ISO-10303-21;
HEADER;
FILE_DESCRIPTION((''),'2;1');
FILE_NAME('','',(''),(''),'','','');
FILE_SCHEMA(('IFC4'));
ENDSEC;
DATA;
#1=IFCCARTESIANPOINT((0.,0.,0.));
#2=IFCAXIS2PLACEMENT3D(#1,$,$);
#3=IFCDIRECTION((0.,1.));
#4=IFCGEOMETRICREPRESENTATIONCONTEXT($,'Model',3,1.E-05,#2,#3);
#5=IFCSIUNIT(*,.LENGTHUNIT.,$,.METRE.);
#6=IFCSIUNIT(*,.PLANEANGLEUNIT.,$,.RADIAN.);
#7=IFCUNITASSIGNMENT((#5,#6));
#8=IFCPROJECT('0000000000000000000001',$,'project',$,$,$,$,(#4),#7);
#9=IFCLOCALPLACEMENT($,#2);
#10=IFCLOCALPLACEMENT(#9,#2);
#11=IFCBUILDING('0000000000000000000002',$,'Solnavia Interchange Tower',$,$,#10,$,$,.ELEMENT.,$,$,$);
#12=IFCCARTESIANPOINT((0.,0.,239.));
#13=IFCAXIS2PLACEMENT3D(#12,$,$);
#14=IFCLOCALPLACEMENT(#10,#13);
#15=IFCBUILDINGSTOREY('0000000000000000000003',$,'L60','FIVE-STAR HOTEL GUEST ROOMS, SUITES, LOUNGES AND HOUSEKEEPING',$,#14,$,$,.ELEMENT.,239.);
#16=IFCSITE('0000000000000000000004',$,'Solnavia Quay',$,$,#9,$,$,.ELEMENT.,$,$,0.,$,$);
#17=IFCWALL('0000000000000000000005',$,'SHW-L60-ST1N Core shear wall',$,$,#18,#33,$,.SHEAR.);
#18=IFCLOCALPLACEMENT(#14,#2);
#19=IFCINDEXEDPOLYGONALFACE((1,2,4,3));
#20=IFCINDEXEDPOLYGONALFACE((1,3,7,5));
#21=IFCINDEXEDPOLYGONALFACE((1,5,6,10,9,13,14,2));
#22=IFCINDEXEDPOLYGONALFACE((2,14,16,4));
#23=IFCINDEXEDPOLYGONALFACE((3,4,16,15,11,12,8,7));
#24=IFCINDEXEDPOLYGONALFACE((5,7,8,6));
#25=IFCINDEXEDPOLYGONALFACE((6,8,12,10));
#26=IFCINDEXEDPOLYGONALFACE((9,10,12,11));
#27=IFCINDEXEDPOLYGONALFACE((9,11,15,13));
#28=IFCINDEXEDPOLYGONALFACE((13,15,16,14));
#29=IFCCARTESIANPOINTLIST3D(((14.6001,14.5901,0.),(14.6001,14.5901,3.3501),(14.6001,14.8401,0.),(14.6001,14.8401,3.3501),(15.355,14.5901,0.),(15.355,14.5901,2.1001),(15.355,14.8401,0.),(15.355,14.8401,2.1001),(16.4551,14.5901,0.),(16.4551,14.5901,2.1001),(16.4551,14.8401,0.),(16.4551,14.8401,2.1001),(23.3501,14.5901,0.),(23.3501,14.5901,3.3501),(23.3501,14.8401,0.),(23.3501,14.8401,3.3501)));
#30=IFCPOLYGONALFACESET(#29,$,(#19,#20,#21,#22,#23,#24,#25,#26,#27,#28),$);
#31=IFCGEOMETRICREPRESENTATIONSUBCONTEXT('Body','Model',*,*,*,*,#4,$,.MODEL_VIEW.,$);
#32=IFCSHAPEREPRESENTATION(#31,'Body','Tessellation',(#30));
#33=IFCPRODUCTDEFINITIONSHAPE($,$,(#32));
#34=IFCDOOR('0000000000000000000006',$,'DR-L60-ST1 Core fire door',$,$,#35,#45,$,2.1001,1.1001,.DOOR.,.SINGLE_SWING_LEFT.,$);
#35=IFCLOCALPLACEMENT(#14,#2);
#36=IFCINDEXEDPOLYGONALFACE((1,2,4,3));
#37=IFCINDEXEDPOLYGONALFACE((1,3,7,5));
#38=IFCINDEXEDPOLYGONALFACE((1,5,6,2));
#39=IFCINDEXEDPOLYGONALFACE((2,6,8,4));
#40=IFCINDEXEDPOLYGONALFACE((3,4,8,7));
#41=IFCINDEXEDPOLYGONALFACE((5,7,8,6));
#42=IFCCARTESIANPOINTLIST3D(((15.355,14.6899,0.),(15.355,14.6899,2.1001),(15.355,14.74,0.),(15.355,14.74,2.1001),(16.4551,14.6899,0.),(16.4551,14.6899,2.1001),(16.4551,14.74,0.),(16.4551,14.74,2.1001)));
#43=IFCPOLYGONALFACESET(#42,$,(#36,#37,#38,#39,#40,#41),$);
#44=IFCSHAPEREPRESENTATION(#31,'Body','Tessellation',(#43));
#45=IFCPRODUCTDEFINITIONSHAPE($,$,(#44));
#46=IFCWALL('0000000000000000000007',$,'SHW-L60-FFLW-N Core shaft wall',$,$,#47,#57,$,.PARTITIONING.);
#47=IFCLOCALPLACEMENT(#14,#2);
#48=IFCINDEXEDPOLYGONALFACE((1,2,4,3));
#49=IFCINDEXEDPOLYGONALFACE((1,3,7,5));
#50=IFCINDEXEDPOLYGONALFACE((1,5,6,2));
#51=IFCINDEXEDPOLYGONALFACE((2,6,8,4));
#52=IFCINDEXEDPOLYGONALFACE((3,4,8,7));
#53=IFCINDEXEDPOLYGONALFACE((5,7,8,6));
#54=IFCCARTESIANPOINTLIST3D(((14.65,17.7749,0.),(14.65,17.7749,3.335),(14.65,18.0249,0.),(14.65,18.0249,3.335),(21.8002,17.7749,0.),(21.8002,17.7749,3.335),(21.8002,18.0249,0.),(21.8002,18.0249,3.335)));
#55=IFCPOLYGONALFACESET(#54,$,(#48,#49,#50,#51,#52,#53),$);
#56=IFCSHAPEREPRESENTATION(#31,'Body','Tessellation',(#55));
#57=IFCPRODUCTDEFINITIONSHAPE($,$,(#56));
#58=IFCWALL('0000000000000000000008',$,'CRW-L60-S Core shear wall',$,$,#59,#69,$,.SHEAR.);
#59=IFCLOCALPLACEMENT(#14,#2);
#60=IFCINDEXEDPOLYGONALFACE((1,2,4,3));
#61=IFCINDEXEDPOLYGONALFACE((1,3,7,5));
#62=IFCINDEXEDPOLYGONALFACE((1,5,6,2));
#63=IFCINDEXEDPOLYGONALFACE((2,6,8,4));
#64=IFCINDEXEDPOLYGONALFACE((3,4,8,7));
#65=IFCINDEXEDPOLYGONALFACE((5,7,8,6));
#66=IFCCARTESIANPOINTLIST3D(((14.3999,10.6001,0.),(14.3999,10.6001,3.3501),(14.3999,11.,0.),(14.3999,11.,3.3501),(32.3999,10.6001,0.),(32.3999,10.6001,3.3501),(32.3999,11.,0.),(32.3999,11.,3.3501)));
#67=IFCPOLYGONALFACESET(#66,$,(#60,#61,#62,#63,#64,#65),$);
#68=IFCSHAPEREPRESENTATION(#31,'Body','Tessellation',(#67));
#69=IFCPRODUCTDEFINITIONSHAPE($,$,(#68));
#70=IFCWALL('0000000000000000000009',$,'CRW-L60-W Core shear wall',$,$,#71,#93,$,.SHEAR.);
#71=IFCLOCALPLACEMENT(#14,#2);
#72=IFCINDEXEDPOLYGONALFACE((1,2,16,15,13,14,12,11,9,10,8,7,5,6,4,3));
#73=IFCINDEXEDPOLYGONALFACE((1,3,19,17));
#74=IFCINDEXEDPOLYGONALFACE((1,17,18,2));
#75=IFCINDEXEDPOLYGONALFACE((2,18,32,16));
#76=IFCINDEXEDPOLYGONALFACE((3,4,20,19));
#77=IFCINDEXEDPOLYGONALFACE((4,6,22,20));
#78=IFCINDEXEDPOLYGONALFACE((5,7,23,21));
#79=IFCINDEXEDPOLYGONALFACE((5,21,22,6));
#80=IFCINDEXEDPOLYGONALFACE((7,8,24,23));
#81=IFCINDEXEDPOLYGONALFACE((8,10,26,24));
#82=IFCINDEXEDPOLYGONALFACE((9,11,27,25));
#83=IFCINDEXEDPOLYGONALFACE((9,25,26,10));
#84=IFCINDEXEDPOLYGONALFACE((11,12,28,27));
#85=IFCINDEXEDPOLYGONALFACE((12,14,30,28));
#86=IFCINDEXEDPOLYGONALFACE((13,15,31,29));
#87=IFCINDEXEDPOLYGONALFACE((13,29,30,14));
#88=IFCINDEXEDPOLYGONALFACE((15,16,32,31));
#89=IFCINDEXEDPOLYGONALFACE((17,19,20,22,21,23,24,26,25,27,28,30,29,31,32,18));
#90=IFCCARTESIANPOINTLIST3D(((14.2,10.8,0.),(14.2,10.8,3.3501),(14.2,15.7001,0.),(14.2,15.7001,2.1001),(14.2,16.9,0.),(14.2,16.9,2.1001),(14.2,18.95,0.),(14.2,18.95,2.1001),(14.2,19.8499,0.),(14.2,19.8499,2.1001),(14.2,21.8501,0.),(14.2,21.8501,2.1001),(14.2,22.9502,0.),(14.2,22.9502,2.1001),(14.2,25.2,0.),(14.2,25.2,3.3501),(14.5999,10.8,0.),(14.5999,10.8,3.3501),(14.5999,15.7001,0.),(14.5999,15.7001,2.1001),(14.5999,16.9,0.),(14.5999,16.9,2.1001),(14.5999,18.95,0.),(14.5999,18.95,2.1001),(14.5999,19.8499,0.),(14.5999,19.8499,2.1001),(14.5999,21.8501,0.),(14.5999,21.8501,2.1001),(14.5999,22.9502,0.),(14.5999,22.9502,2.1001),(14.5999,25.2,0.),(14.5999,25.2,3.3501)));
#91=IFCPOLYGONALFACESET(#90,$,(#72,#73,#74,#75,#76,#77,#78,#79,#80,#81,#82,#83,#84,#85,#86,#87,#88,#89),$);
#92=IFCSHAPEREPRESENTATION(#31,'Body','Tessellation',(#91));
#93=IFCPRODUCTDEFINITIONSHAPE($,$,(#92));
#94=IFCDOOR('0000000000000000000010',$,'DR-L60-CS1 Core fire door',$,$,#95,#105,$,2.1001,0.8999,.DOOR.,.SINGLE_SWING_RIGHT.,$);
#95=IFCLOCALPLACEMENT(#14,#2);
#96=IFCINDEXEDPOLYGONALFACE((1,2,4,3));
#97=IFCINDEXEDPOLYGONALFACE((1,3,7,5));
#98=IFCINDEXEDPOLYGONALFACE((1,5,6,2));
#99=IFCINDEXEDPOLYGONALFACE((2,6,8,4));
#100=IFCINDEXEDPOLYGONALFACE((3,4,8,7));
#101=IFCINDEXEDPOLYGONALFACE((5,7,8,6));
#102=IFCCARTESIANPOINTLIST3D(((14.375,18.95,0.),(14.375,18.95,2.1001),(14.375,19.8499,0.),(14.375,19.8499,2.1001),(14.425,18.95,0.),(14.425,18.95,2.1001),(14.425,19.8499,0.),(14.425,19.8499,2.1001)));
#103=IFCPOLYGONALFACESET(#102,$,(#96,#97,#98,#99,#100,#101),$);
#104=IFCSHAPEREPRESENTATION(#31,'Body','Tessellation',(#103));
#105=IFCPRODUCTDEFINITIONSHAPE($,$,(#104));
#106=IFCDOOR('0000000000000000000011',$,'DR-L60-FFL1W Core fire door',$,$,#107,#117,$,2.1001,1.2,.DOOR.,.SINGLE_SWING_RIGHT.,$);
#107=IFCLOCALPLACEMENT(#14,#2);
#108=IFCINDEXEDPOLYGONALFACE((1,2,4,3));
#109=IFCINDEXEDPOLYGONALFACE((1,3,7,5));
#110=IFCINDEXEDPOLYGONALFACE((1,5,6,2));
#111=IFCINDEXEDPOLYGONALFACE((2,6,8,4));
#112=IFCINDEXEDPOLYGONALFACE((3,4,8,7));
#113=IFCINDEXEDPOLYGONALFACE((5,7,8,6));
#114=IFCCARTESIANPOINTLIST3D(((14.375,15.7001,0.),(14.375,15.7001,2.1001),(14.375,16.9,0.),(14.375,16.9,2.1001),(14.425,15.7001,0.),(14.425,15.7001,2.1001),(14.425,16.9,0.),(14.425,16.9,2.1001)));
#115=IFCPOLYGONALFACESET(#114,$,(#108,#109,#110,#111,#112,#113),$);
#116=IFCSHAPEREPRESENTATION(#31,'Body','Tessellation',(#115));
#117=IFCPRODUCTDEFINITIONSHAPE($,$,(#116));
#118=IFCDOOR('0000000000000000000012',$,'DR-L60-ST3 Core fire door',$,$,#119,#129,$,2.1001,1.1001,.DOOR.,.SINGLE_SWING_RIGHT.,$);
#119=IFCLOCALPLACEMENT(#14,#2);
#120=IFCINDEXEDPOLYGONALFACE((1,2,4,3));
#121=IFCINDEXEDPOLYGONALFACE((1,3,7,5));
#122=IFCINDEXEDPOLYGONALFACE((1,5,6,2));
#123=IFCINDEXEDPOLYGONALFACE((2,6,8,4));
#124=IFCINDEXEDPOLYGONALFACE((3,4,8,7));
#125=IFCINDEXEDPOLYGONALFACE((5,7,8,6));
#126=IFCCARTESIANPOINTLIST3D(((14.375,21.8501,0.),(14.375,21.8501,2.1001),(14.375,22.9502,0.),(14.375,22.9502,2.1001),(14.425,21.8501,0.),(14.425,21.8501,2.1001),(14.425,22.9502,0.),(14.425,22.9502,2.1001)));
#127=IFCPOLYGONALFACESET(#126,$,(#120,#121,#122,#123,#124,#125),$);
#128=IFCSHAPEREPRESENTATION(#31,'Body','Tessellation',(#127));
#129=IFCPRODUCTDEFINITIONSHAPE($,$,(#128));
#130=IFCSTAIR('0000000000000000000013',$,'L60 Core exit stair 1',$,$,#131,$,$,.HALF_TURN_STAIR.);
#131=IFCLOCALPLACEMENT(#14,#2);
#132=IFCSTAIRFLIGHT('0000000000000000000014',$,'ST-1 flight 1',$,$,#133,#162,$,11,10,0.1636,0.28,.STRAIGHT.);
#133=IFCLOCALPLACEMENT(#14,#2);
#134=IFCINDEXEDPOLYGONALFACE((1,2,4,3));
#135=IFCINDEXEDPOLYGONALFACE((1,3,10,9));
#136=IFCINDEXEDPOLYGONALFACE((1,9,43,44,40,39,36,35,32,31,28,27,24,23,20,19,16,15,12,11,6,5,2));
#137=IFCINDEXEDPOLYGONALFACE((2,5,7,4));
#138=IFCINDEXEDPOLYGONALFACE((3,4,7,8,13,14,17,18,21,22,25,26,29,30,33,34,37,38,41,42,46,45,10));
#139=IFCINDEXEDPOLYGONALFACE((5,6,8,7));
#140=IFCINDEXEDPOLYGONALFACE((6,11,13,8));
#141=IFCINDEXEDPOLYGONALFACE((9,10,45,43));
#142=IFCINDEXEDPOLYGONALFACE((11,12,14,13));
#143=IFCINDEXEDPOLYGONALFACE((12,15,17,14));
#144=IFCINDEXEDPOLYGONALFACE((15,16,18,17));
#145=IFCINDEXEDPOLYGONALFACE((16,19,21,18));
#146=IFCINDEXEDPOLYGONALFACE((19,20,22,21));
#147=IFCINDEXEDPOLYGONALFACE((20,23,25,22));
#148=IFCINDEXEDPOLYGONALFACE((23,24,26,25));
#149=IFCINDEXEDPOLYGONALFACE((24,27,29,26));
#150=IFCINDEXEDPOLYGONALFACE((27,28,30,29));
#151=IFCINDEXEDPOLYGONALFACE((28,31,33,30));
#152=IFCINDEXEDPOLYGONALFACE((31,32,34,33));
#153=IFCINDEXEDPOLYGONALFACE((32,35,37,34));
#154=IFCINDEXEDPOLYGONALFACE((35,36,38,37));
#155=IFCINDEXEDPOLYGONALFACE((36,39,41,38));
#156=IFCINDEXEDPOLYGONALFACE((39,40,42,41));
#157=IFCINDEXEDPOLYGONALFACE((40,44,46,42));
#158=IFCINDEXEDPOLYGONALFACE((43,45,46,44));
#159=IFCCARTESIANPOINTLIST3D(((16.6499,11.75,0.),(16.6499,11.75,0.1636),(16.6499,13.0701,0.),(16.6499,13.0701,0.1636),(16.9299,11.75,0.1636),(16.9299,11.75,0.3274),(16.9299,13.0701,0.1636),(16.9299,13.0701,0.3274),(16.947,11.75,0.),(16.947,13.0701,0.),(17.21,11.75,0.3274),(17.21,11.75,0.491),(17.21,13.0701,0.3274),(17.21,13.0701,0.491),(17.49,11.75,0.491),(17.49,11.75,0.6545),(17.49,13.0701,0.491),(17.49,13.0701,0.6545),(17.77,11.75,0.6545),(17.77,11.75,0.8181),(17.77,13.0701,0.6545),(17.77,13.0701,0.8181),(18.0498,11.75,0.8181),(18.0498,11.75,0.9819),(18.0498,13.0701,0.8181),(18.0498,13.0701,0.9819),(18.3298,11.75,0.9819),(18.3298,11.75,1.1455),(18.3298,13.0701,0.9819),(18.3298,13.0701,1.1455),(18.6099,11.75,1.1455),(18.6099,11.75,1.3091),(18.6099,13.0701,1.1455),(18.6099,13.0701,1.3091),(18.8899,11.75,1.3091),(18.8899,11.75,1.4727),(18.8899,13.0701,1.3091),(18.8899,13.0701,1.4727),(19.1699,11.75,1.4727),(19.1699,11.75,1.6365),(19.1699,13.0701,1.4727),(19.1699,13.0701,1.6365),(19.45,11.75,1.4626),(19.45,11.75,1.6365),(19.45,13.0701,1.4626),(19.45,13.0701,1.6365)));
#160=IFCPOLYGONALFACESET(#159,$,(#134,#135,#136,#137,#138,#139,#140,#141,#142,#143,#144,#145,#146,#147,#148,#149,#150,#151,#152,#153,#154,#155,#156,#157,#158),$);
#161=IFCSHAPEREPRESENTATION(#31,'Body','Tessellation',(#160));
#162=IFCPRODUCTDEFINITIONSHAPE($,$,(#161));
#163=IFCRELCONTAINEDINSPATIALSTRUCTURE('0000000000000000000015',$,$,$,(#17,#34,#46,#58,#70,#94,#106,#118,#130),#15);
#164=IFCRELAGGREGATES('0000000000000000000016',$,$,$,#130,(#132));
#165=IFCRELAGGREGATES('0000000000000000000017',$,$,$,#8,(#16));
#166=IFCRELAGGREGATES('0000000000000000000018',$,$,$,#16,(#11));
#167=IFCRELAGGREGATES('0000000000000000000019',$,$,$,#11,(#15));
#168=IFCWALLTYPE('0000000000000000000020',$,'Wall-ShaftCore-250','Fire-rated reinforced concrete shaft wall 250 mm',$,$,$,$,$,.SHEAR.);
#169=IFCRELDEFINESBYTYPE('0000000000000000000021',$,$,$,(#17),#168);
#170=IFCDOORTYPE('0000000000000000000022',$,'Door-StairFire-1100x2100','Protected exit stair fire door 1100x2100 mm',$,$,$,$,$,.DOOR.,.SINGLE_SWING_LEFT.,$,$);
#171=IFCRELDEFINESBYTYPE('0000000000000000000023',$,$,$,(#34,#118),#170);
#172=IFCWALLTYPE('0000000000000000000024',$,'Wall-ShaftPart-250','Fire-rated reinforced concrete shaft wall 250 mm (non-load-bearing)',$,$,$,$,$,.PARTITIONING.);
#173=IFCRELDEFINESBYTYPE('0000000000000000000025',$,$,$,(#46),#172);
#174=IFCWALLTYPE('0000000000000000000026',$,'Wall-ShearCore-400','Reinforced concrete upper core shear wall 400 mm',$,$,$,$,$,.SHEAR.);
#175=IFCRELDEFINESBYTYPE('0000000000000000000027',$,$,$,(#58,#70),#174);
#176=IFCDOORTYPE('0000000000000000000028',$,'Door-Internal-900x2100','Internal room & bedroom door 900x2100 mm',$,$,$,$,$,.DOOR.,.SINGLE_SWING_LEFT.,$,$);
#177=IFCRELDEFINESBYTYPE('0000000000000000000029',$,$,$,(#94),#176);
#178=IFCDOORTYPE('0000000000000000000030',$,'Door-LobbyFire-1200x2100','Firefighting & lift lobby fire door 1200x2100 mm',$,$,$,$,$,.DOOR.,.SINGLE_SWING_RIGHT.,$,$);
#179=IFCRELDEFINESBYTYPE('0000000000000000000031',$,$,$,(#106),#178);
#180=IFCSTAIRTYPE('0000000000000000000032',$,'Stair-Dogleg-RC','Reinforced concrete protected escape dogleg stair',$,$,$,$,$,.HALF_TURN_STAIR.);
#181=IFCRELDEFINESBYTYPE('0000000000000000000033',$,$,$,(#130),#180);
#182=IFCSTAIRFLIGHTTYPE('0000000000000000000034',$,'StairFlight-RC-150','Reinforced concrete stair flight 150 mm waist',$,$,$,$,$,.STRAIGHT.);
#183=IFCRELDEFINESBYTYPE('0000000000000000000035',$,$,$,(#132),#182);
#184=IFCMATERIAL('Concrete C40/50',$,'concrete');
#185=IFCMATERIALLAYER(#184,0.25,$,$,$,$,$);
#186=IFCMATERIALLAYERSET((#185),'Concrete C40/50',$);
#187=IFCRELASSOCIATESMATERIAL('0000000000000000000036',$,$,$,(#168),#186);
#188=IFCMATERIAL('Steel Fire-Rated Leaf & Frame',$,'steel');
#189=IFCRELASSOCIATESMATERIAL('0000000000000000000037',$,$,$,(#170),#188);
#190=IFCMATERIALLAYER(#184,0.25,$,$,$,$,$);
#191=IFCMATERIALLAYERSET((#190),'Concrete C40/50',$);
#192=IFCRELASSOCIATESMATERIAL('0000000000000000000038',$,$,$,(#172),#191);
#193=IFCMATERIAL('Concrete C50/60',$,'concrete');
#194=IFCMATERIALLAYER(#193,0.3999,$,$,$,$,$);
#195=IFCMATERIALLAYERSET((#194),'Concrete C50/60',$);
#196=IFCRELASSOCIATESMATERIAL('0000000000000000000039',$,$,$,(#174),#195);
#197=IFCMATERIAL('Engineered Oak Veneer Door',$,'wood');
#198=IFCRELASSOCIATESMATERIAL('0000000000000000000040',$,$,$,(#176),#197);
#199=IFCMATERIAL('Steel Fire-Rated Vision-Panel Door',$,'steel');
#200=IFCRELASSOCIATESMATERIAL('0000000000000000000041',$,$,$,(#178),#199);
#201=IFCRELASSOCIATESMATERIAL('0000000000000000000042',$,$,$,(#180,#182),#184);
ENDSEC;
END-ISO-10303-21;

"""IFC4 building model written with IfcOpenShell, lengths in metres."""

from ifc_helpers import new_model, si_unit, direction, frame, frame_2d, origin, place, context, subcontext, project, spatial, polyline, rectangle, outline, extrude, material, layer, layer_set, type_object, element, fill, aggregate, save


model = new_model("IFC4")

# Units and contexts
model_context = context("Model", 3, precision=1e-05, world=origin(), true_north=direction((0.0, 1.0)))
body_context = subcontext(model_context, "Body", "Model", "MODEL_VIEW")
ifc_project = project(units=[si_unit("LENGTHUNIT", "METRE"), si_unit("PLANEANGLEUNIT", "RADIAN")], contexts=[model_context])

# Site, building, storey
site_placement = place(None, origin())
site = spatial("IfcSite", under=ifc_project, at=site_placement, Name="Solnavia Quay", CompositionType="ELEMENT", RefElevation=0.0)
building_placement = place(site_placement, origin())
building = spatial("IfcBuilding", under=site, at=building_placement, Name="Solnavia Interchange Tower", CompositionType="ELEMENT")
storey_placement = place(building_placement, frame((0.0, 0.0, 239.0)))
storey = spatial("IfcBuildingStorey", under=building, at=storey_placement, Name="L60", Description="FIVE-STAR HOTEL GUEST ROOMS, SUITES, LOUNGES AND HOUSEKEEPING", CompositionType="ELEMENT", Elevation=239.0)

# Shared definitions
ifc_material_1 = material(Name="Concrete C50/60", Category="concrete")

# Shared definitions
ifc_material_2 = material(Name="Concrete C40/50", Category="concrete")
ifc_layer_1 = layer(ifc_material_2, 0.25)
ifc_layer_set_1 = layer_set([ifc_layer_1], Name="Concrete C40/50")
wall_type_1 = type_object("IfcWallType", Name="Wall-ShaftCore-250", Description="Fire-rated reinforced concrete shaft wall 250 mm", PredefinedType="SHEAR", material=ifc_layer_set_1)

# Wall, opening, door
wall_1_placement = place(storey_placement, frame((14.6001, 14.7151, 0.0), z_axis=(0.0, 0.0, 1.0), x_axis=(1.0, 0.0, 0.0)))
wall_1 = element("IfcWall", 1, at=wall_1_placement, inside=storey, type_object=wall_type_1, Name="SHW-L60-ST1N Core shear wall", PredefinedType="SHEAR", context=body_context, shape_type="SweptSolid", body=[
    extrude(rectangle(XDim=8.75, YDim=0.25, at=frame_2d((4.375, 0.0))), origin(), (0.0, 0.0, 1.0), 3.3501),
])
opening_1_placement = place(wall_1_placement, frame((0.7549, 0.0, 0.0)))
opening_1 = element("IfcOpeningElement", 2, at=opening_1_placement, cuts=wall_1, PredefinedType="OPENING", context=body_context, shape_type="SweptSolid", body=[
    extrude(rectangle(XDim=1.1001, YDim=2.1001, at=frame_2d((0.55, 1.05))), frame((0.0, 0.135, 0.0), z_axis=(0.0, -1.0, 0.0), x_axis=(1.0, 0.0, 0.0)), (0.0, 0.0, 1.0), 0.27),
])
ifc_material_3 = material(Name="Steel Fire-Rated Leaf & Frame", Category="steel")
door_type_1 = type_object("IfcDoorType", Name="Door-StairFire-1100x2100", Description="Protected exit stair fire door 1100x2100 mm", OperationType="SINGLE_SWING_LEFT", PredefinedType="DOOR", material=ifc_material_3)
door_1_placement = place(opening_1_placement, origin())
door_1 = element("IfcDoor", 3, at=door_1_placement, inside=storey, type_object=door_type_1, Name="DR-L60-ST1 Core fire door", OperationType="SINGLE_SWING_LEFT", OverallHeight=2.1001, OverallWidth=1.1001, PredefinedType="DOOR", context=body_context, shape_type="SweptSolid", body=[
    extrude(rectangle(XDim=1.1001, YDim=2.1001, at=frame_2d((0.55, 1.05))), frame((0.0, 0.0249, 0.0), z_axis=(0.0, -1.0, 0.0), x_axis=(1.0, 0.0, 0.0)), (0.0, 0.0, 1.0), 0.05),
])
fill(opening_1, door_1)

# Walls
ifc_layer_2 = layer(ifc_material_2, 0.25)
ifc_layer_set_2 = layer_set([ifc_layer_2], Name="Concrete C40/50")
wall_type_2 = type_object("IfcWallType", Name="Wall-ShaftPart-250", Description="Fire-rated reinforced concrete shaft wall 250 mm (non-load-bearing)", PredefinedType="PARTITIONING", material=ifc_layer_set_2)
wall_2_placement = place(storey_placement, frame((14.6499, 17.8999, 0.0), z_axis=(0.0, 0.0, 1.0), x_axis=(1.0, 0.0, 0.0)))
element("IfcWall", 4, at=wall_2_placement, inside=storey, type_object=wall_type_2, Name="SHW-L60-FFLW-N Core shaft wall", PredefinedType="PARTITIONING", context=body_context, shape_type="SweptSolid", body=[
    extrude(rectangle(XDim=7.1501, YDim=0.25, at=frame_2d((3.5752, 0.0))), origin(), (0.0, 0.0, 1.0), 3.335),
])
ifc_layer_3 = layer(ifc_material_1, 0.3999)
ifc_layer_set_3 = layer_set([ifc_layer_3], Name="Concrete C50/60")
wall_type_3 = type_object("IfcWallType", Name="Wall-ShearCore-400", Description="Reinforced concrete upper core shear wall 400 mm", PredefinedType="SHEAR", material=ifc_layer_set_3)
wall_3_placement = place(storey_placement, frame((14.3999, 10.8, 0.0), z_axis=(0.0, 0.0, 1.0), x_axis=(1.0, 0.0, 0.0)))
element("IfcWall", 5, at=wall_3_placement, inside=storey, type_object=wall_type_3, Name="CRW-L60-S Core shear wall", PredefinedType="SHEAR", context=body_context, shape_type="SweptSolid", body=[
    extrude(rectangle(XDim=18.0, YDim=0.3999, at=frame_2d((9.0, 0.0))), origin(), (0.0, 0.0, 1.0), 3.3501),
])

# Wall, openings, doors
wall_4_placement = place(storey_placement, frame((14.3999, 10.8, 0.0), z_axis=(0.0, 0.0, 1.0), x_axis=(0.0, 1.0, 0.0)))
wall_4 = element("IfcWall", 6, at=wall_4_placement, inside=storey, type_object=wall_type_3, Name="CRW-L60-W Core shear wall", PredefinedType="SHEAR", context=body_context, shape_type="SweptSolid", body=[
    extrude(rectangle(XDim=14.3999, YDim=0.3999, at=frame_2d((7.2, 0.0))), origin(), (0.0, 0.0, 1.0), 3.3501),
])
opening_2_placement = place(wall_4_placement, frame((11.05, 0.0, 0.0)))
opening_2 = element("IfcOpeningElement", 7, at=opening_2_placement, cuts=wall_4, PredefinedType="OPENING", context=body_context, shape_type="SweptSolid", body=[
    extrude(rectangle(XDim=1.1001, YDim=2.1001, at=frame_2d((0.55, 1.05))), frame((0.0, 0.21, 0.0), z_axis=(0.0, -1.0, 0.0), x_axis=(1.0, 0.0, 0.0)), (0.0, 0.0, 1.0), 0.4199),
])
opening_3_placement = place(wall_4_placement, frame((4.8999, 0.0, 0.0)))
opening_3 = element("IfcOpeningElement", 8, at=opening_3_placement, cuts=wall_4, PredefinedType="OPENING", context=body_context, shape_type="SweptSolid", body=[
    extrude(rectangle(XDim=1.2, YDim=2.1001, at=frame_2d((0.6001, 1.05))), frame((0.0, 0.21, 0.0), z_axis=(0.0, -1.0, 0.0), x_axis=(1.0, 0.0, 0.0)), (0.0, 0.0, 1.0), 0.4199),
])
opening_4_placement = place(wall_4_placement, frame((8.1499, 0.0, 0.0)))
opening_4 = element("IfcOpeningElement", 9, at=opening_4_placement, cuts=wall_4, PredefinedType="OPENING", context=body_context, shape_type="SweptSolid", body=[
    extrude(rectangle(XDim=0.8999, YDim=2.1001, at=frame_2d((0.45, 1.05))), frame((0.0, 0.21, 0.0), z_axis=(0.0, -1.0, 0.0), x_axis=(1.0, 0.0, 0.0)), (0.0, 0.0, 1.0), 0.4199),
])
ifc_material_4 = material(Name="Engineered Oak Veneer Door", Category="wood")
door_type_2 = type_object("IfcDoorType", Name="Door-Internal-900x2100", Description="Internal room & bedroom door 900x2100 mm", OperationType="SINGLE_SWING_LEFT", PredefinedType="DOOR", material=ifc_material_4)
door_2_placement = place(opening_4_placement, origin())
door_2 = element("IfcDoor", 10, at=door_2_placement, inside=storey, type_object=door_type_2, Name="DR-L60-CS1 Core fire door", OperationType="SINGLE_SWING_RIGHT", OverallHeight=2.1001, OverallWidth=0.8999, PredefinedType="DOOR", context=body_context, shape_type="SweptSolid", body=[
    extrude(rectangle(XDim=0.8999, YDim=2.1001, at=frame_2d((0.45, 1.05))), frame((0.0, 0.0249, 0.0), z_axis=(0.0, -1.0, 0.0), x_axis=(1.0, 0.0, 0.0)), (0.0, 0.0, 1.0), 0.05),
])
fill(opening_4, door_2)
ifc_material_5 = material(Name="Steel Fire-Rated Vision-Panel Door", Category="steel")
door_type_3 = type_object("IfcDoorType", Name="Door-LobbyFire-1200x2100", Description="Firefighting & lift lobby fire door 1200x2100 mm", OperationType="SINGLE_SWING_RIGHT", PredefinedType="DOOR", material=ifc_material_5)
door_3_placement = place(opening_3_placement, origin())
door_3 = element("IfcDoor", 11, at=door_3_placement, inside=storey, type_object=door_type_3, Name="DR-L60-FFL1W Core fire door", OperationType="SINGLE_SWING_RIGHT", OverallHeight=2.1001, OverallWidth=1.2, PredefinedType="DOOR", context=body_context, shape_type="SweptSolid", body=[
    extrude(rectangle(XDim=1.2, YDim=2.1001, at=frame_2d((0.6001, 1.05))), frame((0.0, 0.0249, 0.0), z_axis=(0.0, -1.0, 0.0), x_axis=(1.0, 0.0, 0.0)), (0.0, 0.0, 1.0), 0.05),
])
fill(opening_3, door_3)
door_4_placement = place(opening_2_placement, origin())
door_4 = element("IfcDoor", 12, at=door_4_placement, inside=storey, type_object=door_type_1, Name="DR-L60-ST3 Core fire door", OperationType="SINGLE_SWING_RIGHT", OverallHeight=2.1001, OverallWidth=1.1001, PredefinedType="DOOR", context=body_context, shape_type="SweptSolid", body=[
    extrude(rectangle(XDim=1.1001, YDim=2.1001, at=frame_2d((0.55, 1.05))), frame((0.0, 0.0249, 0.0), z_axis=(0.0, -1.0, 0.0), x_axis=(1.0, 0.0, 0.0)), (0.0, 0.0, 1.0), 0.05),
])
fill(opening_2, door_4)

# Stair, stair flight
stair_type = type_object("IfcStairType", Name="Stair-Dogleg-RC", Description="Reinforced concrete protected escape dogleg stair", PredefinedType="HALF_TURN_STAIR", material=ifc_material_2)
stair_placement = place(storey_placement, origin())
stair = element("IfcStair", 13, at=stair_placement, inside=storey, type_object=stair_type, Name="L60 Core exit stair 1", PredefinedType="HALF_TURN_STAIR")
stair_flight_type = type_object("IfcStairFlightType", Name="StairFlight-RC-150", Description="Reinforced concrete stair flight 150 mm waist", PredefinedType="STRAIGHT", material=ifc_material_2)
stair_flight_placement = place(storey_placement, frame((16.6499, 12.4099, 0.0), z_axis=(0.0, 0.0, 1.0), x_axis=(1.0, 0.0, 0.0)))
stair_flight = element("IfcStairFlight", 14, at=stair_flight_placement, type_object=stair_flight_type, Name="ST-1 flight 1", NumberOfRisers=11, NumberOfTreads=10, PredefinedType="STRAIGHT", RiserHeight=0.1636, TreadLength=0.28, context=body_context, shape_type="SweptSolid", body=[
    extrude(outline(polyline([(0.0, 0.0), (0.0, 0.1636), (0.28, 0.1636), (0.28, 0.3274), (0.5601, 0.3274), (0.5601, 0.491), (0.8401, 0.491), (0.8401, 0.6545), (1.1201, 0.6545), (1.1201, 0.8181), (1.3999, 0.8181), (1.3999, 0.9819), (1.6799, 0.9819), (1.6799, 1.1455), (1.96, 1.1455), (1.96, 1.3091), (2.24, 1.3091), (2.24, 1.4727), (2.52, 1.4727), (2.52, 1.6365), (2.8, 1.6365), (2.8, 1.8), (2.8, 1.4626), (0.2971, 0.0), (0.0, 0.0)])), frame((0.0, 0.6602, 0.0), z_axis=(0.0, -1.0, 0.0), x_axis=(1.0, 0.0, 0.0)), (0.0, 0.0, 1.0), 1.3201),
])
aggregate(stair, [stair_flight])

save(model, "model.ifc")
